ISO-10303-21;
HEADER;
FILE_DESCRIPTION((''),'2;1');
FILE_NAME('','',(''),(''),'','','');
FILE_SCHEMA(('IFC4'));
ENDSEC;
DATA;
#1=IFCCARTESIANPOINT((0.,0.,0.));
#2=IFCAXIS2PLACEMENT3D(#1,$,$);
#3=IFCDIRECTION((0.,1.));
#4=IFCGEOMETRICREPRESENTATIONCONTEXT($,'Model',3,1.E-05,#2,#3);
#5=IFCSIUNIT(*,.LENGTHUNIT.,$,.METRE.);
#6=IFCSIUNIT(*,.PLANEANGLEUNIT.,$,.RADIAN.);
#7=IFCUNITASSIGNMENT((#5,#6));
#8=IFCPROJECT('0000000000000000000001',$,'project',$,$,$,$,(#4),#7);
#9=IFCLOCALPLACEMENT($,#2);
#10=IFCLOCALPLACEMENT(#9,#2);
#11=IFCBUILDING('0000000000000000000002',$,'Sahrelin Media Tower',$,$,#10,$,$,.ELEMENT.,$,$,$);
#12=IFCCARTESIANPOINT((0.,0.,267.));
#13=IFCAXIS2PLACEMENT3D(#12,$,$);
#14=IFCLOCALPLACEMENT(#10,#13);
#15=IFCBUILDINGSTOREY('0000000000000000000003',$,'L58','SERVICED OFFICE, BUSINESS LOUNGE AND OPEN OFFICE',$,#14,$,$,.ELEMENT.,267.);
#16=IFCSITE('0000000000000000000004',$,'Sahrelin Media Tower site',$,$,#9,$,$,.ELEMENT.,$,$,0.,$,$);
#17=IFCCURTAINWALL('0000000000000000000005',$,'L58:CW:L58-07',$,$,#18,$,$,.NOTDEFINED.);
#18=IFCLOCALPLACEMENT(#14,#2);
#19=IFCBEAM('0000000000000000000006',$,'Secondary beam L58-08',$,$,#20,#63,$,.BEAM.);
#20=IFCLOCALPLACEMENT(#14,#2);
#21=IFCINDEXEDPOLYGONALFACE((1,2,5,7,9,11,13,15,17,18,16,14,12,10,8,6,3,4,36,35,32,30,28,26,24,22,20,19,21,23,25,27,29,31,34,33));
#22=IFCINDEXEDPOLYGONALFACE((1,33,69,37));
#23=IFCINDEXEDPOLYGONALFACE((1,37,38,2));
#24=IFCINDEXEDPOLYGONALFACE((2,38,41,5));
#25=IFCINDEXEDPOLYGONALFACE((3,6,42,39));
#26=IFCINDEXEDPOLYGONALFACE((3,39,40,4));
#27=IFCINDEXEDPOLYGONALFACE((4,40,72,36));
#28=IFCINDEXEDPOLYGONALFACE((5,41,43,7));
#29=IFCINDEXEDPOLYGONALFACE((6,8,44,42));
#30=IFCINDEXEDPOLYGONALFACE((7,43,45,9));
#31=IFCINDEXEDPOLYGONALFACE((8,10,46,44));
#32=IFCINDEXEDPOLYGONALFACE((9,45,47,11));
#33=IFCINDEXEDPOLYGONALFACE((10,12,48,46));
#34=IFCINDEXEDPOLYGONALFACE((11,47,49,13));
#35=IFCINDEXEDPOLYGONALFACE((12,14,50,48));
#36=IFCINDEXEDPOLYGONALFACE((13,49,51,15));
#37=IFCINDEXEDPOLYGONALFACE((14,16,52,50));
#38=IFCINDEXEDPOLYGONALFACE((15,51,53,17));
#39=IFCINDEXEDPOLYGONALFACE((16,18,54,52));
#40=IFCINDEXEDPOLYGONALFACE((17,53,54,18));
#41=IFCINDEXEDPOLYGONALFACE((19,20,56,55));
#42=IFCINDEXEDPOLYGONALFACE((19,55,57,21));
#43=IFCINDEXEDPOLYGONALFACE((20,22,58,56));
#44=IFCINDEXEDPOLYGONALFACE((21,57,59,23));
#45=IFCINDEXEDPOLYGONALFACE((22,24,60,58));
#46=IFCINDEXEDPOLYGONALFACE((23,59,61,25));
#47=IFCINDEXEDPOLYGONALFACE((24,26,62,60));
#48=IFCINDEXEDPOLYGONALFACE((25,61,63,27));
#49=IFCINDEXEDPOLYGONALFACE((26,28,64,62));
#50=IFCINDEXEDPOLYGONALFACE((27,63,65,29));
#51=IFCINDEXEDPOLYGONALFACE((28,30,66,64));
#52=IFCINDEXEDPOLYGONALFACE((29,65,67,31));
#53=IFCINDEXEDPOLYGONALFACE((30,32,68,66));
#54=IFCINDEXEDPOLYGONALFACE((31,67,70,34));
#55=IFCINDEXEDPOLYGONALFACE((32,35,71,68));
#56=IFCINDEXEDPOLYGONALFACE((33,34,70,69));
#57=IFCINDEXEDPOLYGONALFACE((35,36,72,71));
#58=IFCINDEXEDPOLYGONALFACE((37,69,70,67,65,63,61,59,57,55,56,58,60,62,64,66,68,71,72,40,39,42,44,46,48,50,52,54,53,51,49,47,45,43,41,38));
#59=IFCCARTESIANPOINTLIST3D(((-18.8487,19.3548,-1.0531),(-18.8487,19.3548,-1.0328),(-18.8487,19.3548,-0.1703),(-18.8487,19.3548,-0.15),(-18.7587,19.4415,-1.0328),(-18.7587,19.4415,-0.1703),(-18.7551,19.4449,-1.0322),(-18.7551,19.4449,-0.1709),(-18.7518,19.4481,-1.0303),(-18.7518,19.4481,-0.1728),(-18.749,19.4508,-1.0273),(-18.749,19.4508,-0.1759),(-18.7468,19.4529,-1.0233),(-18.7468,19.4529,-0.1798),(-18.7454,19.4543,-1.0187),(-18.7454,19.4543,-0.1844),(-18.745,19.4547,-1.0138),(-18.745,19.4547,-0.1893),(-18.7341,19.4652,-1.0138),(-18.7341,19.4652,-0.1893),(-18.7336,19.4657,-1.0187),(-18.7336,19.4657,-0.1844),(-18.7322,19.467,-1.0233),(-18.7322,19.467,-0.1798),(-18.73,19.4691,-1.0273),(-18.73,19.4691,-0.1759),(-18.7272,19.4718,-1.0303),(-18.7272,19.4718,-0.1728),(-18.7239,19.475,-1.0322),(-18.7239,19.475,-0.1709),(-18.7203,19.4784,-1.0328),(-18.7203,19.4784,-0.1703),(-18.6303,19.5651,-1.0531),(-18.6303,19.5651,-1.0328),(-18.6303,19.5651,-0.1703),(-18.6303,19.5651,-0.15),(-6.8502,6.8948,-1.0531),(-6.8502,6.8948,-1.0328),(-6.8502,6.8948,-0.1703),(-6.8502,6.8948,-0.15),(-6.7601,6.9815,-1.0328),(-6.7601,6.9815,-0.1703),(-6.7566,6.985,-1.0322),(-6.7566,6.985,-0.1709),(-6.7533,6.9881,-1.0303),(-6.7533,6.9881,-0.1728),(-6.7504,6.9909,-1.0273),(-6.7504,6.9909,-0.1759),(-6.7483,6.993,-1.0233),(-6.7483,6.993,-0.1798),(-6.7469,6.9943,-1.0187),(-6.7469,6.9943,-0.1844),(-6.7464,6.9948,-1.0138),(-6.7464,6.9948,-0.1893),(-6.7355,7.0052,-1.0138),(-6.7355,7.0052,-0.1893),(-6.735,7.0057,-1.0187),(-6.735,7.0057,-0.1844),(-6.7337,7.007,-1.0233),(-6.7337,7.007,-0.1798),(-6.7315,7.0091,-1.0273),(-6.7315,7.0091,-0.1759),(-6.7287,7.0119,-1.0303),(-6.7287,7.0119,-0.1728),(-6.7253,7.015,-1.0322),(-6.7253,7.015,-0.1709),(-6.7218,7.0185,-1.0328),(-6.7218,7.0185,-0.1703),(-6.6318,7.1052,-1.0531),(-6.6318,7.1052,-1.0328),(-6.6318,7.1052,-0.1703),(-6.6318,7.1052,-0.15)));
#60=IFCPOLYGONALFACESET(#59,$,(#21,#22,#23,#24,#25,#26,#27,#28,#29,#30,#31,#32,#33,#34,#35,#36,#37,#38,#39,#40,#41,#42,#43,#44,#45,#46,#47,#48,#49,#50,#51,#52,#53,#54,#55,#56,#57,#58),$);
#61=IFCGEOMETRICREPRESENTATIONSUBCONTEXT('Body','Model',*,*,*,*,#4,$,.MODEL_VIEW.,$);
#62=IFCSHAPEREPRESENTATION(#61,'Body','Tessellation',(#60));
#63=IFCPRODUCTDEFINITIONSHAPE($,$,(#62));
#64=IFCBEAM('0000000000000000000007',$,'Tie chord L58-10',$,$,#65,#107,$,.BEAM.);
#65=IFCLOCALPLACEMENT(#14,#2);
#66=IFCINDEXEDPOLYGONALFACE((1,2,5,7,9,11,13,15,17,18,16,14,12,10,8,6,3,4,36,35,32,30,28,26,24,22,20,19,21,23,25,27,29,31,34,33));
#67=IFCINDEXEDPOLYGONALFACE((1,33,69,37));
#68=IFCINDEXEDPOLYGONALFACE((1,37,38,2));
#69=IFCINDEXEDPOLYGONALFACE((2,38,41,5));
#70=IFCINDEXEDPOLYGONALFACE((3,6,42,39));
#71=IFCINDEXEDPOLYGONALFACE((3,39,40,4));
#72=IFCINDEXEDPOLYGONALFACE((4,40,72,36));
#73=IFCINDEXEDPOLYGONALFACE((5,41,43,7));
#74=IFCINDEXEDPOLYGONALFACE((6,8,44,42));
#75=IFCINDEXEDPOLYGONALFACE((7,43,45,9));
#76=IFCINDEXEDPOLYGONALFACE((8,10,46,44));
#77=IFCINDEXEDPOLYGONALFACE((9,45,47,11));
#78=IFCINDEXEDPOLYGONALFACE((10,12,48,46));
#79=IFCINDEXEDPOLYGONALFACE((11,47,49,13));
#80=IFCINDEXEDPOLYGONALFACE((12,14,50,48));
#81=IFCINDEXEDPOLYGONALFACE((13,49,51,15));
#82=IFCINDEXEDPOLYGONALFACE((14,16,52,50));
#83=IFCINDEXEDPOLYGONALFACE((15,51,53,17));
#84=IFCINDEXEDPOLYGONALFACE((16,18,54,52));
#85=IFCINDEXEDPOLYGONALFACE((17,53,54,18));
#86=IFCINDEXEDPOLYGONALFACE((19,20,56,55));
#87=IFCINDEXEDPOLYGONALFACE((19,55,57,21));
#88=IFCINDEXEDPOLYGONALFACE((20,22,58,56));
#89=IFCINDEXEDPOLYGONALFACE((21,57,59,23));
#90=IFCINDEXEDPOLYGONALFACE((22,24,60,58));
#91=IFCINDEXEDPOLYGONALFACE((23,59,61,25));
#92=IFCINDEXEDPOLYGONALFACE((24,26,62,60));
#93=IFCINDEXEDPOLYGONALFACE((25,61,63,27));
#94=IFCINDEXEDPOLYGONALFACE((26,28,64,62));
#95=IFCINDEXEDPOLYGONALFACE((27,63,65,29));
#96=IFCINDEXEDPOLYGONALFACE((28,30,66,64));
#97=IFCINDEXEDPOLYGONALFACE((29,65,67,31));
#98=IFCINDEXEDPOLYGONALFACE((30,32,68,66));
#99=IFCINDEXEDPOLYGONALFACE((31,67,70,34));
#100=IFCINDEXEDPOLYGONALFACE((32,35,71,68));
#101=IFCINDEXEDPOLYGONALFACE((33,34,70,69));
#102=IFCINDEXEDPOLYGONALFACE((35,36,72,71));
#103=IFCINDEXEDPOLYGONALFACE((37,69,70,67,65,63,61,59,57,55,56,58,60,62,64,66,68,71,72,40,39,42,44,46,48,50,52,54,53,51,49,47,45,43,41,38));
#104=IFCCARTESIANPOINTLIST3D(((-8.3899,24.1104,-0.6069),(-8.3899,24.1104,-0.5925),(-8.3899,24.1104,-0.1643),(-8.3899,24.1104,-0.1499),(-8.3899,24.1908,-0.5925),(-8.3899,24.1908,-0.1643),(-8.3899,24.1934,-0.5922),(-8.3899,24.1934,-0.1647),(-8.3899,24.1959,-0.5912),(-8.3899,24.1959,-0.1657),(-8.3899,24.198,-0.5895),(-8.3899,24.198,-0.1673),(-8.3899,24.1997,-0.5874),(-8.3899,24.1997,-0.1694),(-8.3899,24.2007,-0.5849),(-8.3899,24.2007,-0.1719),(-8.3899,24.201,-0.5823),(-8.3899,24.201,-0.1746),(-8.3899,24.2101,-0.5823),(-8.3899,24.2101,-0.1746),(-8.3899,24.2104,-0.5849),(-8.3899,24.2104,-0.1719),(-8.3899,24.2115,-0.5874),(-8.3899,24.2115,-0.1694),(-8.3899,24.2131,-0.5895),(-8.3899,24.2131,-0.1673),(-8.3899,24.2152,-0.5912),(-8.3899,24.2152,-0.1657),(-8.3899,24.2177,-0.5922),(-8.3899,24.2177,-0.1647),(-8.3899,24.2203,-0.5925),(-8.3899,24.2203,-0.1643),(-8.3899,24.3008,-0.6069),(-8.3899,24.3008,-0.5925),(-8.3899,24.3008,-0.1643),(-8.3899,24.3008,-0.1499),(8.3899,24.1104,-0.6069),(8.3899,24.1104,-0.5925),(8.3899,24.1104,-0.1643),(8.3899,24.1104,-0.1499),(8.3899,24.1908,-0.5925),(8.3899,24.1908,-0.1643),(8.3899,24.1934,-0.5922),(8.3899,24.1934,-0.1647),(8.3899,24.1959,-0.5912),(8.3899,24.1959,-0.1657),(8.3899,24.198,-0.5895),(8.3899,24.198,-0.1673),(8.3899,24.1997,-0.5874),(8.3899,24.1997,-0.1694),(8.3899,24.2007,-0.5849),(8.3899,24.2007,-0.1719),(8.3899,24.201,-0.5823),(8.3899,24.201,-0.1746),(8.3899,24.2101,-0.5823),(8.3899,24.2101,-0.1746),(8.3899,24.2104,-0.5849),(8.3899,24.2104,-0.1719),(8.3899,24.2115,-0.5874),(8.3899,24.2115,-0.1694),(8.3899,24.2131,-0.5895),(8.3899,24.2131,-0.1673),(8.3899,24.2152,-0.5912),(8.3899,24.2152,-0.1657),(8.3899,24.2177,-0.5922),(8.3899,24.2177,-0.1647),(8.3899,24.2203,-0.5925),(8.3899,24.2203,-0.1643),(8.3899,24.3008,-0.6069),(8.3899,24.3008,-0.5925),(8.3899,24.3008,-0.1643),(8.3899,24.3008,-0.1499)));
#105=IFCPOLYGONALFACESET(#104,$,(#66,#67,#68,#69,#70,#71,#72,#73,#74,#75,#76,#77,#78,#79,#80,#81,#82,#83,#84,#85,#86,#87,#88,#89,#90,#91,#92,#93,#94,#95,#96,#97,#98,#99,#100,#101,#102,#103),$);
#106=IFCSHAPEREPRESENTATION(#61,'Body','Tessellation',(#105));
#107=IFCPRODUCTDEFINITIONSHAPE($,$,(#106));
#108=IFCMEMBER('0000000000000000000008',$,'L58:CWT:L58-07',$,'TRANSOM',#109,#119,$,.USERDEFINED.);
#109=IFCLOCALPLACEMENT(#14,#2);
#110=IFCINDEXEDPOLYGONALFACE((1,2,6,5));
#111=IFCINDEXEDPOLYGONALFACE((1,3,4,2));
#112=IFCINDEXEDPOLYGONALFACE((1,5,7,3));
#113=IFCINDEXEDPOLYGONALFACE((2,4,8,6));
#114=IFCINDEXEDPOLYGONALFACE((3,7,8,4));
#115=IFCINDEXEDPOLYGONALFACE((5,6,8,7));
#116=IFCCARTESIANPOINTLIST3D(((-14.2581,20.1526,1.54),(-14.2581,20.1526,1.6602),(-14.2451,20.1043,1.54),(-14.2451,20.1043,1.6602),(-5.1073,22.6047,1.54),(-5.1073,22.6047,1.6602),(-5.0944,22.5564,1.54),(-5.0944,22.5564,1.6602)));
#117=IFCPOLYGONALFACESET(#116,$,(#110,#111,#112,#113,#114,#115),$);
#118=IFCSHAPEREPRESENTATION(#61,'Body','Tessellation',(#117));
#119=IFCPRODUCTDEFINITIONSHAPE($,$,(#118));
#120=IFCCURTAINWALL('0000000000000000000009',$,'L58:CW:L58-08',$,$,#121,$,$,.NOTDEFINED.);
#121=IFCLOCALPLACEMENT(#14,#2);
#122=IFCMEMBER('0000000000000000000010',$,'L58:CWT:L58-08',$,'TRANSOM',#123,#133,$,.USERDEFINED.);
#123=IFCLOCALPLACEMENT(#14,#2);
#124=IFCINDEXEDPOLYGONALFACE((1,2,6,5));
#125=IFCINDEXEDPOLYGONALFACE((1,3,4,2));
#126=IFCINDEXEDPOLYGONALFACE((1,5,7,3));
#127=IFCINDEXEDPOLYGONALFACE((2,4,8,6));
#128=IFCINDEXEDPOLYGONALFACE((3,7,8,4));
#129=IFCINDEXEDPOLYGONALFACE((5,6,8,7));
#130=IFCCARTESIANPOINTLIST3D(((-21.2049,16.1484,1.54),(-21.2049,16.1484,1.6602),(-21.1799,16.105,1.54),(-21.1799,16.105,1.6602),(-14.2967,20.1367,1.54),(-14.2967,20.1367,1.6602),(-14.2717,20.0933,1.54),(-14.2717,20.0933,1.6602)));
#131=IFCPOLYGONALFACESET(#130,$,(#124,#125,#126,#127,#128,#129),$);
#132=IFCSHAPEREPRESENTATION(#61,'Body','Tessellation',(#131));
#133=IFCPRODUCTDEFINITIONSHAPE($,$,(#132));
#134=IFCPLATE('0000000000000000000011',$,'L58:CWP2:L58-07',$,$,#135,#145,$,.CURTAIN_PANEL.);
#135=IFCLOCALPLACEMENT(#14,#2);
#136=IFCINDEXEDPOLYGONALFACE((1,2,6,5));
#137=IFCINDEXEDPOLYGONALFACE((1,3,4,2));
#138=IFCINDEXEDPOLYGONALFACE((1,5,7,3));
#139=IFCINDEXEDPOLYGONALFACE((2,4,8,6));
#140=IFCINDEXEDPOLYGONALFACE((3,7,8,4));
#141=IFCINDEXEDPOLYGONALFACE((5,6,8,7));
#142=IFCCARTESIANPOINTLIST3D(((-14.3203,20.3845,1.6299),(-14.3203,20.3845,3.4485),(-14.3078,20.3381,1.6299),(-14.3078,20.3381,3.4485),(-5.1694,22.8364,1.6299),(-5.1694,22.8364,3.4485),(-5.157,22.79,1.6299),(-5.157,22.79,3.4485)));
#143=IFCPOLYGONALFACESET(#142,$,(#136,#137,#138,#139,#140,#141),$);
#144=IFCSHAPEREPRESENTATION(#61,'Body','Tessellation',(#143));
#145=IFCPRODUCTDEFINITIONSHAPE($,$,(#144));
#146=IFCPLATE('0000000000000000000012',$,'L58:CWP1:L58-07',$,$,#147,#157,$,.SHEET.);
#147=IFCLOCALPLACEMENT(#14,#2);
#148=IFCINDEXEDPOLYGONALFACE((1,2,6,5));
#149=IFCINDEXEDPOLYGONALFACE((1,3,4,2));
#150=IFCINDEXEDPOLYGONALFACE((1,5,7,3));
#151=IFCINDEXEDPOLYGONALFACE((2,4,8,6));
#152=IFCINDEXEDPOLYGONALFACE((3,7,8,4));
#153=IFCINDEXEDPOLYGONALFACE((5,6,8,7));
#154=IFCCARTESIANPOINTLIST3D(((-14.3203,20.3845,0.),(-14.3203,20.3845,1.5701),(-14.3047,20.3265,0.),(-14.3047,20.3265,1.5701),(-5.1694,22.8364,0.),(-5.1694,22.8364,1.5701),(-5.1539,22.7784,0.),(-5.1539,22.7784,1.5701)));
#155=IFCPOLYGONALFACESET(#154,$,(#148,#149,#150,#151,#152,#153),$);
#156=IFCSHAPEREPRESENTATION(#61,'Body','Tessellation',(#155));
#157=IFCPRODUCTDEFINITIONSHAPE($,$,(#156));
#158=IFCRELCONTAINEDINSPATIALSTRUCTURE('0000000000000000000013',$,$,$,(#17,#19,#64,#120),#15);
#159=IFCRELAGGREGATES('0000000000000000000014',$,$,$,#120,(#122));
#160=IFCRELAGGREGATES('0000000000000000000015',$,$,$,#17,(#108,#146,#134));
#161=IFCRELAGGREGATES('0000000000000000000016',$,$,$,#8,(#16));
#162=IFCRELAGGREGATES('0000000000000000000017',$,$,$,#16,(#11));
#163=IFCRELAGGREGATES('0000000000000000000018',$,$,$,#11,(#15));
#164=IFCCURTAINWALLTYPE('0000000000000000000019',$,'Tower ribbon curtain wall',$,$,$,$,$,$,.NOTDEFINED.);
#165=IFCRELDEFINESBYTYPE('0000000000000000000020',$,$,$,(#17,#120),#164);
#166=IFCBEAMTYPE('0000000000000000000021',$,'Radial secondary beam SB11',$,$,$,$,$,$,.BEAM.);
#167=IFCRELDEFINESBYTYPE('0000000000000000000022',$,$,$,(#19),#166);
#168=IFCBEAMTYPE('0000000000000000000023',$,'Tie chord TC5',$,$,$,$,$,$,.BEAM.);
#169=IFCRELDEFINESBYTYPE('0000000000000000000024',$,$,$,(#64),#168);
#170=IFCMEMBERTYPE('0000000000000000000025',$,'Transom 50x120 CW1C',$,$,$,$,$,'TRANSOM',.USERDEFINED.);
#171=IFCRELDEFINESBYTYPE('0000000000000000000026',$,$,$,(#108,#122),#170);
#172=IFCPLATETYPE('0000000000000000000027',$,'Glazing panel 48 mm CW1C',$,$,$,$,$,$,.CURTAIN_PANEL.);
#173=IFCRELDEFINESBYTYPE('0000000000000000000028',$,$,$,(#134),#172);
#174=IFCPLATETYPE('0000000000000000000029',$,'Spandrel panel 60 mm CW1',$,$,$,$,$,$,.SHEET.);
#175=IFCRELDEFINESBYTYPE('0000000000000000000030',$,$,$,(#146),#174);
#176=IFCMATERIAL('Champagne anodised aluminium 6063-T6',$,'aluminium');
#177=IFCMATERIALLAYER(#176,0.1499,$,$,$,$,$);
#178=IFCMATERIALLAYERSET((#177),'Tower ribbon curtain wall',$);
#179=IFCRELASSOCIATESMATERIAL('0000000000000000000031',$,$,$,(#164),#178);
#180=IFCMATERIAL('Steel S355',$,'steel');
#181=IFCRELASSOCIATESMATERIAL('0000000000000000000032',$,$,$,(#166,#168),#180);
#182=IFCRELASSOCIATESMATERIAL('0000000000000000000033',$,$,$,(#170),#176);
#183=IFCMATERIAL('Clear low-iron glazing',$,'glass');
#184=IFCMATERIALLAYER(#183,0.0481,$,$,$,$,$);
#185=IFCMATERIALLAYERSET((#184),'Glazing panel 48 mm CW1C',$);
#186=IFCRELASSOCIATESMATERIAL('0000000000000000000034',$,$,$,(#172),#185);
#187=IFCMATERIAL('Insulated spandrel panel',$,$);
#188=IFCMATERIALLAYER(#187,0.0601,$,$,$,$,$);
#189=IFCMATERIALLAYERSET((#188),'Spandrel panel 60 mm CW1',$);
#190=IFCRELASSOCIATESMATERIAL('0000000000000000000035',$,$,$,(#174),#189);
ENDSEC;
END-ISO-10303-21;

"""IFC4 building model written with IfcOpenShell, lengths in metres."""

from ifc_helpers import new_model, si_unit, direction, frame, origin, origin_2d, place, context, subcontext, project, spatial, polyline, rectangle, i_section, outline, extrude, material, layer, layer_set, material_profile, profile_set, type_object, element, aggregate, save


model = new_model("IFC4")

# Units and contexts
model_context = context("Model", 3, precision=1e-05, world=origin(), true_north=direction((0.0, 1.0)))
body_context = subcontext(model_context, "Body", "Model", "MODEL_VIEW")
ifc_project = project(units=[si_unit("LENGTHUNIT", "METRE"), si_unit("PLANEANGLEUNIT", "RADIAN")], contexts=[model_context])

# Site, building, storey
site_placement = place(None, origin())
site = spatial("IfcSite", under=ifc_project, at=site_placement, Name="Sahrelin Media Tower site", CompositionType="ELEMENT", RefElevation=0.0)
building_placement = place(site_placement, origin())
building = spatial("IfcBuilding", under=site, at=building_placement, Name="Sahrelin Media Tower", CompositionType="ELEMENT")
storey_placement = place(building_placement, frame((0.0, 0.0, 267.0)))
storey = spatial("IfcBuildingStorey", under=building, at=storey_placement, Name="L58", Description="SERVICED OFFICE, BUSINESS LOUNGE AND OPEN OFFICE", CompositionType="ELEMENT", Elevation=267.0)

# Shared definitions
ifc_material_1 = material(Name="Steel S355", Category="steel")

# Curtain wall
ifc_material_2 = material(Name="Champagne anodised aluminium 6063-T6", Category="aluminium")
ifc_layer_1 = layer(ifc_material_2, 0.1499)
ifc_layer_set_1 = layer_set([ifc_layer_1], Name="Tower ribbon curtain wall")
curtain_wall_type = type_object("IfcCurtainWallType", Name="Tower ribbon curtain wall", PredefinedType="NOTDEFINED", material=ifc_layer_set_1)
curtain_wall_1_placement = place(storey_placement, frame((-9.7397, 21.5911, 0.0), z_axis=(0.0, 0.0, 1.0), x_axis=(1.0, 0.0, 0.0)))
curtain_wall_1 = element("IfcCurtainWall", 1, at=curtain_wall_1_placement, inside=storey, type_object=curtain_wall_type, Name="L58:CW:L58-07", PredefinedType="NOTDEFINED")

# Beams
ifc_material_profile_1 = material_profile(ifc_material_1, i_section(OverallWidth=0.3032, OverallDepth=0.9031, WebThickness=0.0151, FlangeThickness=0.0203, FilletRadius=0.019, at=origin_2d()), Name="UB 914x305x201")
ifc_profile_set_1 = profile_set([ifc_material_profile_1], Name="Steel S355")
beam_type_1 = type_object("IfcBeamType", Name="Radial secondary beam SB11", PredefinedType="BEAM", material=ifc_profile_set_1)
beam_1_placement = place(storey_placement, frame((-6.741, 7.0, -0.6016), z_axis=(-0.693643, 0.720319, 0.0), x_axis=(-0.720319, -0.693643, 0.0)))
element("IfcBeam", 2, at=beam_1_placement, inside=storey, type_object=beam_type_1, Name="Secondary beam L58-08", PredefinedType="BEAM", context=body_context, shape_type="SweptSolid", body=[
    extrude(i_section(OverallWidth=0.3032, OverallDepth=0.9031, WebThickness=0.0151, FlangeThickness=0.0203, FilletRadius=0.019, at=origin_2d()), origin(), (0.0, 0.0, 1.0), 17.2979),
])
ifc_material_profile_2 = material_profile(ifc_material_1, i_section(OverallWidth=0.1904, OverallDepth=0.457, WebThickness=0.009, FlangeThickness=0.0144, FilletRadius=0.0103, at=origin_2d()), Name="UB 457x191x74")
ifc_profile_set_2 = profile_set([ifc_material_profile_2], Name="Steel S355")
beam_type_2 = type_object("IfcBeamType", Name="Tie chord TC5", PredefinedType="BEAM", material=ifc_profile_set_2)
beam_2_placement = place(storey_placement, frame((-8.3899, 24.2056, -0.3784), z_axis=(1.0, 0.0, 0.0), x_axis=(0.0, 1.0, 0.0)))
element("IfcBeam", 3, at=beam_2_placement, inside=storey, type_object=beam_type_2, Name="Tie chord L58-10", PredefinedType="BEAM", context=body_context, shape_type="SweptSolid", body=[
    extrude(i_section(OverallWidth=0.1904, OverallDepth=0.457, WebThickness=0.009, FlangeThickness=0.0144, FilletRadius=0.0103, at=origin_2d()), origin(), (0.0, 0.0, 1.0), 16.7798),
])

# Member
ifc_material_profile_3 = material_profile(ifc_material_2, rectangle(XDim=0.05, YDim=0.1201, at=origin_2d()), Name="Transom 50x120")
ifc_profile_set_3 = profile_set([ifc_material_profile_3], Name="Champagne anodised aluminium 6063-T6")
member_type_1 = type_object("IfcMemberType", Name="Transom 50x120 CW1C", ElementType="TRANSOM", PredefinedType="USERDEFINED", material=ifc_profile_set_3)
member_1_placement = place(storey_placement, frame((-5.1008, 22.5806, 1.6001), z_axis=(-0.965921, -0.258837, 0.0), x_axis=(0.258837, -0.965921, 0.0)))
member_1 = element("IfcMember", 4, at=member_1_placement, type_object=member_type_1, Name="L58:CWT:L58-07", ObjectType="TRANSOM", PredefinedType="USERDEFINED", context=body_context, shape_type="SweptSolid", body=[
    extrude(rectangle(XDim=0.05, YDim=0.1201, at=origin_2d()), origin(), (0.0, 0.0, 1.0), 9.4736),
])

# Curtain wall, member
curtain_wall_2_placement = place(storey_placement, frame((-17.8608, 18.333, 0.0), z_axis=(0.0, 0.0, 1.0), x_axis=(1.0, 0.0, 0.0)))
curtain_wall_2 = element("IfcCurtainWall", 5, at=curtain_wall_2_placement, inside=storey, type_object=curtain_wall_type, Name="L58:CW:L58-08", PredefinedType="NOTDEFINED")
member_2_placement = place(storey_placement, frame((-14.2842, 20.115, 1.6001), z_axis=(-0.866035, -0.499984, 0.0), x_axis=(0.499984, -0.866035, 0.0)))
member_2 = element("IfcMember", 6, at=member_2_placement, type_object=member_type_1, Name="L58:CWT:L58-08", ObjectType="TRANSOM", PredefinedType="USERDEFINED", context=body_context, shape_type="SweptSolid", body=[
    extrude(rectangle(XDim=0.05, YDim=0.1201, at=origin_2d()), origin(), (0.0, 0.0, 1.0), 7.9768),
])
aggregate(curtain_wall_2, [member_2])

# Plates
ifc_material_3 = material(Name="Clear low-iron glazing", Category="glass")
ifc_layer_2 = layer(ifc_material_3, 0.0481)
ifc_layer_set_2 = layer_set([ifc_layer_2], Name="Glazing panel 48 mm CW1C")
plate_type_1 = type_object("IfcPlateType", Name="Glazing panel 48 mm CW1C", PredefinedType="CURTAIN_PANEL", material=ifc_layer_set_2)
plate_1_placement = place(storey_placement, frame((-5.1694, 22.8364, 1.6299), z_axis=(-0.258813, 0.965928, 0.0), x_axis=(-0.965928, -0.258813, 0.0)))
plate_1 = element("IfcPlate", 7, at=plate_1_placement, type_object=plate_type_1, Name="L58:CWP2:L58-07", PredefinedType="CURTAIN_PANEL", context=body_context, shape_type="SweptSolid", body=[
    extrude(outline(polyline([(0.0, 0.0), (9.4736, 0.0), (9.4736, 1.8186), (0.0, 1.8186), (0.0, 0.0)])), origin(), (0.0, 0.0, -1.0), 0.0481),
])
ifc_material_4 = material(Name="Insulated spandrel panel")
ifc_layer_3 = layer(ifc_material_4, 0.0601)
ifc_layer_set_3 = layer_set([ifc_layer_3], Name="Spandrel panel 60 mm CW1")
plate_type_2 = type_object("IfcPlateType", Name="Spandrel panel 60 mm CW1", PredefinedType="SHEET", material=ifc_layer_set_3)
plate_2_placement = place(storey_placement, frame((-5.1694, 22.8364, 0.0), z_axis=(-0.258813, 0.965928, 0.0), x_axis=(-0.965928, -0.258813, 0.0)))
plate_2 = element("IfcPlate", 8, at=plate_2_placement, type_object=plate_type_2, Name="L58:CWP1:L58-07", PredefinedType="SHEET", context=body_context, shape_type="SweptSolid", body=[
    extrude(outline(polyline([(0.0, 0.0), (9.4736, 0.0), (9.4736, 1.5701), (0.0, 1.5701), (0.0, 0.0)])), origin(), (0.0, 0.0, -1.0), 0.0601),
])
aggregate(curtain_wall_1, [member_1, plate_2, plate_1])

save(model, "model.ifc")
